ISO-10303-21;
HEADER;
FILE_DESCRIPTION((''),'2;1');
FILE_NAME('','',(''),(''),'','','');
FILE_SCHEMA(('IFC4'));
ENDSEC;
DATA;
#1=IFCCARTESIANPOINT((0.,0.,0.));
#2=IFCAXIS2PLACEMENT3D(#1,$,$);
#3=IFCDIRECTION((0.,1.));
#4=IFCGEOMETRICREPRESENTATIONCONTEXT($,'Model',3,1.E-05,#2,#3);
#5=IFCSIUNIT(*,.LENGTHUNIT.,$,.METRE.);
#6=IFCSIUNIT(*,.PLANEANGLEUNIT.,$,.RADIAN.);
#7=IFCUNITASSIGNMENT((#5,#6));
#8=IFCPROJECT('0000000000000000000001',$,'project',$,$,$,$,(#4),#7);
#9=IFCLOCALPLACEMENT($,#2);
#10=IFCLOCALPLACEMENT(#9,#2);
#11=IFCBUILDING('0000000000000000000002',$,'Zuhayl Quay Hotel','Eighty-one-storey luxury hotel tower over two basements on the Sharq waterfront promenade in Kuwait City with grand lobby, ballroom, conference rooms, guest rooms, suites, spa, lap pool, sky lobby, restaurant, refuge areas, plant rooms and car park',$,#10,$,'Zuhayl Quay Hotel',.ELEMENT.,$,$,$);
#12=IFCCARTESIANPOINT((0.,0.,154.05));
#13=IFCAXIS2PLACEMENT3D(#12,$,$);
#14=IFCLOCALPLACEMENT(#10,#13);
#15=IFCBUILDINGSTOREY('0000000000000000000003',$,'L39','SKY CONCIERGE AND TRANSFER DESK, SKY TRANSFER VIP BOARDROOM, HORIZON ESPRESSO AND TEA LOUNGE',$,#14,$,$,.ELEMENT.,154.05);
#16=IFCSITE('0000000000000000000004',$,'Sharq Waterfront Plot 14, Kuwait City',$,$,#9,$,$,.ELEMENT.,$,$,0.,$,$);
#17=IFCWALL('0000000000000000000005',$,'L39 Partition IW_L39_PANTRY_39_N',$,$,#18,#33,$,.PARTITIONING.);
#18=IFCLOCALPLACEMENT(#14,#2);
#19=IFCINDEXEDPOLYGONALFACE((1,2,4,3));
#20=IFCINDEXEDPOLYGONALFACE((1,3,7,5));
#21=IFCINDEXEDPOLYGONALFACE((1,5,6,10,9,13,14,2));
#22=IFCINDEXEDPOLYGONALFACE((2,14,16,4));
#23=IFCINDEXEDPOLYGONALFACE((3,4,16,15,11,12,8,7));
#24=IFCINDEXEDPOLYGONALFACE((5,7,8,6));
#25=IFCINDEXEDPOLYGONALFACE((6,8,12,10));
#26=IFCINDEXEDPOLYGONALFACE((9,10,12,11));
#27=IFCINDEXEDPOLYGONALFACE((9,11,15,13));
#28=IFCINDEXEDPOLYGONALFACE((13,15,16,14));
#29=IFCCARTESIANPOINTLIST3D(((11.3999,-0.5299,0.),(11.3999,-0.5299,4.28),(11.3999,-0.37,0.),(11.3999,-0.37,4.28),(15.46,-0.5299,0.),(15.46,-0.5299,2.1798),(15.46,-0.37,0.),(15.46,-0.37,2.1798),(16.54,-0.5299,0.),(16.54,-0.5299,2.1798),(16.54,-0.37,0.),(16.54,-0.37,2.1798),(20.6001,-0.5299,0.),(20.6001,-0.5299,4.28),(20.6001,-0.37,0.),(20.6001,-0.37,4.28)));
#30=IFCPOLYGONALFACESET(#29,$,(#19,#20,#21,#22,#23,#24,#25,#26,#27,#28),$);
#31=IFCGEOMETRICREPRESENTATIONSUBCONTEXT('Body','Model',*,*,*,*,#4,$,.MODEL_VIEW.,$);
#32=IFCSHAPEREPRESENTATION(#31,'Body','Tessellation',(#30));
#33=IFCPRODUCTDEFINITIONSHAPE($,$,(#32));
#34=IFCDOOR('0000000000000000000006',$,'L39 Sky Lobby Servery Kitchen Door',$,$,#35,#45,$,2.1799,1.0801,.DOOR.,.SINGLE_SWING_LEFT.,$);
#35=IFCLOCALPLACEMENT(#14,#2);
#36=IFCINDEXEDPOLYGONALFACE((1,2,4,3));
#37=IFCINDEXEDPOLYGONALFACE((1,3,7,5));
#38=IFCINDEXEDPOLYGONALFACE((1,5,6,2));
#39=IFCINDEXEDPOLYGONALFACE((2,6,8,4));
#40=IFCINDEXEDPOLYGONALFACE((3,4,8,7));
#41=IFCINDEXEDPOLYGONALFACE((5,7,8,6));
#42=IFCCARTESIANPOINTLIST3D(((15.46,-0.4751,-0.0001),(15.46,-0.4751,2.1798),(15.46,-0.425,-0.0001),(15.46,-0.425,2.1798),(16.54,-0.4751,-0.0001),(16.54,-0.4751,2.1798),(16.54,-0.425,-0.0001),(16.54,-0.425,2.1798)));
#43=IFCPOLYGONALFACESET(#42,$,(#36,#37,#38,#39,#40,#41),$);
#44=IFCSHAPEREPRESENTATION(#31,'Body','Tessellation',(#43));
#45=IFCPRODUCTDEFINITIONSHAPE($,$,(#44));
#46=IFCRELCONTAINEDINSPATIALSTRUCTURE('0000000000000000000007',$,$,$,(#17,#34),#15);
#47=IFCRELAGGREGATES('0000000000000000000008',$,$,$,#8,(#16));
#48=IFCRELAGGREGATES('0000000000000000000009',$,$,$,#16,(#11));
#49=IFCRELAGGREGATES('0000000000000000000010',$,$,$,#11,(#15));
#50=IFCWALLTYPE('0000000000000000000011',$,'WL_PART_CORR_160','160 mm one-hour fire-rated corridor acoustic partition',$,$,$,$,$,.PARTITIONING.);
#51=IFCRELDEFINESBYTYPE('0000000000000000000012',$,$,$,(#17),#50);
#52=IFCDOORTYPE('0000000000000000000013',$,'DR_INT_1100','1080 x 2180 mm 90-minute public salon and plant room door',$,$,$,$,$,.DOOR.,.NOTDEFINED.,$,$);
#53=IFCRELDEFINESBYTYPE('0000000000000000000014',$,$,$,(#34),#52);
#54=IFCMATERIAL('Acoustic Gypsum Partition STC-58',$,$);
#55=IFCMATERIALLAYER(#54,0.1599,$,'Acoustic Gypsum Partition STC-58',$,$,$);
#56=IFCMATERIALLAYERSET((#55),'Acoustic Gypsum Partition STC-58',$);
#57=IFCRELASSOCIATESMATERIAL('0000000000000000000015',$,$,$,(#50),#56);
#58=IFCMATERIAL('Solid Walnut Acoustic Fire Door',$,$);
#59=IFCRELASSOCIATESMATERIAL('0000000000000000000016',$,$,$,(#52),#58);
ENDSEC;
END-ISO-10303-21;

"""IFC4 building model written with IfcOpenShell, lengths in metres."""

from ifc_helpers import new_model, si_unit, direction, frame, frame_2d, origin, place, context, subcontext, project, spatial, rectangle, extrude, material, layer, layer_set, type_object, element, fill, save


model = new_model("IFC4")

# Units and contexts
model_context = context("Model", 3, precision=1e-05, world=origin(), true_north=direction((0.0, 1.0)))
body_context = subcontext(model_context, "Body", "Model", "MODEL_VIEW")
ifc_project = project(units=[si_unit("LENGTHUNIT", "METRE"), si_unit("PLANEANGLEUNIT", "RADIAN")], contexts=[model_context])

# Site, building, storey
site_placement = place(None, origin())
site = spatial("IfcSite", under=ifc_project, at=site_placement, Name="Sharq Waterfront Plot 14, Kuwait City", CompositionType="ELEMENT", RefElevation=0.0)
building_placement = place(site_placement, origin())
building = spatial("IfcBuilding", under=site, at=building_placement, Name="Zuhayl Quay Hotel", Description="Eighty-one-storey luxury hotel tower over two basements on the Sharq waterfront promenade in Kuwait City with grand lobby, ballroom, conference rooms, guest rooms, suites, spa, lap pool, sky lobby, restaurant, refuge areas, plant rooms and car park", LongName="Zuhayl Quay Hotel", CompositionType="ELEMENT")
storey_placement = place(building_placement, frame((0.0, 0.0, 154.05)))
storey = spatial("IfcBuildingStorey", under=building, at=storey_placement, Name="L39", Description="SKY CONCIERGE AND TRANSFER DESK, SKY TRANSFER VIP BOARDROOM, HORIZON ESPRESSO AND TEA LOUNGE", CompositionType="ELEMENT", Elevation=154.05)

# Shared definitions
ifc_material_1 = material(Name="Acoustic Gypsum Partition STC-58")

# Wall, opening, door
ifc_layer_1 = layer(ifc_material_1, 0.1599, Name="Acoustic Gypsum Partition STC-58")
ifc_layer_set_1 = layer_set([ifc_layer_1], Name="Acoustic Gypsum Partition STC-58")
wall_type_1 = type_object("IfcWallType", Name="WL_PART_CORR_160", Description="160 mm one-hour fire-rated corridor acoustic partition", PredefinedType="PARTITIONING", material=ifc_layer_set_1)
ifc_material_2 = material(Name="Solid Walnut Acoustic Fire Door")
door_type = type_object("IfcDoorType", Name="DR_INT_1100", Description="1080 x 2180 mm 90-minute public salon and plant room door", OperationType="NOTDEFINED", PredefinedType="DOOR", material=ifc_material_2)
wall_1_placement = place(storey_placement, frame((11.3999, -0.45, 0.0), z_axis=(0.0, 0.0, 1.0), x_axis=(1.0, 0.0, 0.0)))
wall_1 = element("IfcWall", 1, at=wall_1_placement, inside=storey, type_object=wall_type_1, Name="L39 Partition IW_L39_PANTRY_39_N", PredefinedType="PARTITIONING", context=body_context, shape_type="SweptSolid", body=[
    extrude(rectangle(XDim=9.2002, YDim=0.1599, at=frame_2d((4.6001, 0.0))), origin(), (0.0, 0.0, 1.0), 4.28),
])
opening_1_placement = place(wall_1_placement, frame((4.0601, 0.0, 0.0)))
opening_1 = element("IfcOpeningElement", 2, at=opening_1_placement, cuts=wall_1, PredefinedType="OPENING", context=body_context, shape_type="SweptSolid", body=[
    extrude(rectangle(XDim=1.0801, YDim=2.1799, at=frame_2d((0.54, 1.0898))), frame((0.0, 0.0898, 0.0), z_axis=(0.0, -1.0, 0.0), x_axis=(1.0, 0.0, 0.0)), (0.0, 0.0, 1.0), 0.1799),
])
door_1_placement = place(opening_1_placement, origin())
door_1 = element("IfcDoor", 3, at=door_1_placement, inside=storey, type_object=door_type, Name="L39 Sky Lobby Servery Kitchen Door", OperationType="SINGLE_SWING_LEFT", OverallHeight=2.1799, OverallWidth=1.0801, PredefinedType="DOOR", context=body_context, shape_type="SweptSolid", body=[
    extrude(rectangle(XDim=1.0801, YDim=2.1799, at=frame_2d((0.54, 1.0898))), frame((0.0, 0.0249, 0.0), z_axis=(0.0, -1.0, 0.0), x_axis=(1.0, 0.0, 0.0)), (0.0, 0.0, 1.0), 0.05),
])
fill(opening_1, door_1)

save(model, "model.ifc")
